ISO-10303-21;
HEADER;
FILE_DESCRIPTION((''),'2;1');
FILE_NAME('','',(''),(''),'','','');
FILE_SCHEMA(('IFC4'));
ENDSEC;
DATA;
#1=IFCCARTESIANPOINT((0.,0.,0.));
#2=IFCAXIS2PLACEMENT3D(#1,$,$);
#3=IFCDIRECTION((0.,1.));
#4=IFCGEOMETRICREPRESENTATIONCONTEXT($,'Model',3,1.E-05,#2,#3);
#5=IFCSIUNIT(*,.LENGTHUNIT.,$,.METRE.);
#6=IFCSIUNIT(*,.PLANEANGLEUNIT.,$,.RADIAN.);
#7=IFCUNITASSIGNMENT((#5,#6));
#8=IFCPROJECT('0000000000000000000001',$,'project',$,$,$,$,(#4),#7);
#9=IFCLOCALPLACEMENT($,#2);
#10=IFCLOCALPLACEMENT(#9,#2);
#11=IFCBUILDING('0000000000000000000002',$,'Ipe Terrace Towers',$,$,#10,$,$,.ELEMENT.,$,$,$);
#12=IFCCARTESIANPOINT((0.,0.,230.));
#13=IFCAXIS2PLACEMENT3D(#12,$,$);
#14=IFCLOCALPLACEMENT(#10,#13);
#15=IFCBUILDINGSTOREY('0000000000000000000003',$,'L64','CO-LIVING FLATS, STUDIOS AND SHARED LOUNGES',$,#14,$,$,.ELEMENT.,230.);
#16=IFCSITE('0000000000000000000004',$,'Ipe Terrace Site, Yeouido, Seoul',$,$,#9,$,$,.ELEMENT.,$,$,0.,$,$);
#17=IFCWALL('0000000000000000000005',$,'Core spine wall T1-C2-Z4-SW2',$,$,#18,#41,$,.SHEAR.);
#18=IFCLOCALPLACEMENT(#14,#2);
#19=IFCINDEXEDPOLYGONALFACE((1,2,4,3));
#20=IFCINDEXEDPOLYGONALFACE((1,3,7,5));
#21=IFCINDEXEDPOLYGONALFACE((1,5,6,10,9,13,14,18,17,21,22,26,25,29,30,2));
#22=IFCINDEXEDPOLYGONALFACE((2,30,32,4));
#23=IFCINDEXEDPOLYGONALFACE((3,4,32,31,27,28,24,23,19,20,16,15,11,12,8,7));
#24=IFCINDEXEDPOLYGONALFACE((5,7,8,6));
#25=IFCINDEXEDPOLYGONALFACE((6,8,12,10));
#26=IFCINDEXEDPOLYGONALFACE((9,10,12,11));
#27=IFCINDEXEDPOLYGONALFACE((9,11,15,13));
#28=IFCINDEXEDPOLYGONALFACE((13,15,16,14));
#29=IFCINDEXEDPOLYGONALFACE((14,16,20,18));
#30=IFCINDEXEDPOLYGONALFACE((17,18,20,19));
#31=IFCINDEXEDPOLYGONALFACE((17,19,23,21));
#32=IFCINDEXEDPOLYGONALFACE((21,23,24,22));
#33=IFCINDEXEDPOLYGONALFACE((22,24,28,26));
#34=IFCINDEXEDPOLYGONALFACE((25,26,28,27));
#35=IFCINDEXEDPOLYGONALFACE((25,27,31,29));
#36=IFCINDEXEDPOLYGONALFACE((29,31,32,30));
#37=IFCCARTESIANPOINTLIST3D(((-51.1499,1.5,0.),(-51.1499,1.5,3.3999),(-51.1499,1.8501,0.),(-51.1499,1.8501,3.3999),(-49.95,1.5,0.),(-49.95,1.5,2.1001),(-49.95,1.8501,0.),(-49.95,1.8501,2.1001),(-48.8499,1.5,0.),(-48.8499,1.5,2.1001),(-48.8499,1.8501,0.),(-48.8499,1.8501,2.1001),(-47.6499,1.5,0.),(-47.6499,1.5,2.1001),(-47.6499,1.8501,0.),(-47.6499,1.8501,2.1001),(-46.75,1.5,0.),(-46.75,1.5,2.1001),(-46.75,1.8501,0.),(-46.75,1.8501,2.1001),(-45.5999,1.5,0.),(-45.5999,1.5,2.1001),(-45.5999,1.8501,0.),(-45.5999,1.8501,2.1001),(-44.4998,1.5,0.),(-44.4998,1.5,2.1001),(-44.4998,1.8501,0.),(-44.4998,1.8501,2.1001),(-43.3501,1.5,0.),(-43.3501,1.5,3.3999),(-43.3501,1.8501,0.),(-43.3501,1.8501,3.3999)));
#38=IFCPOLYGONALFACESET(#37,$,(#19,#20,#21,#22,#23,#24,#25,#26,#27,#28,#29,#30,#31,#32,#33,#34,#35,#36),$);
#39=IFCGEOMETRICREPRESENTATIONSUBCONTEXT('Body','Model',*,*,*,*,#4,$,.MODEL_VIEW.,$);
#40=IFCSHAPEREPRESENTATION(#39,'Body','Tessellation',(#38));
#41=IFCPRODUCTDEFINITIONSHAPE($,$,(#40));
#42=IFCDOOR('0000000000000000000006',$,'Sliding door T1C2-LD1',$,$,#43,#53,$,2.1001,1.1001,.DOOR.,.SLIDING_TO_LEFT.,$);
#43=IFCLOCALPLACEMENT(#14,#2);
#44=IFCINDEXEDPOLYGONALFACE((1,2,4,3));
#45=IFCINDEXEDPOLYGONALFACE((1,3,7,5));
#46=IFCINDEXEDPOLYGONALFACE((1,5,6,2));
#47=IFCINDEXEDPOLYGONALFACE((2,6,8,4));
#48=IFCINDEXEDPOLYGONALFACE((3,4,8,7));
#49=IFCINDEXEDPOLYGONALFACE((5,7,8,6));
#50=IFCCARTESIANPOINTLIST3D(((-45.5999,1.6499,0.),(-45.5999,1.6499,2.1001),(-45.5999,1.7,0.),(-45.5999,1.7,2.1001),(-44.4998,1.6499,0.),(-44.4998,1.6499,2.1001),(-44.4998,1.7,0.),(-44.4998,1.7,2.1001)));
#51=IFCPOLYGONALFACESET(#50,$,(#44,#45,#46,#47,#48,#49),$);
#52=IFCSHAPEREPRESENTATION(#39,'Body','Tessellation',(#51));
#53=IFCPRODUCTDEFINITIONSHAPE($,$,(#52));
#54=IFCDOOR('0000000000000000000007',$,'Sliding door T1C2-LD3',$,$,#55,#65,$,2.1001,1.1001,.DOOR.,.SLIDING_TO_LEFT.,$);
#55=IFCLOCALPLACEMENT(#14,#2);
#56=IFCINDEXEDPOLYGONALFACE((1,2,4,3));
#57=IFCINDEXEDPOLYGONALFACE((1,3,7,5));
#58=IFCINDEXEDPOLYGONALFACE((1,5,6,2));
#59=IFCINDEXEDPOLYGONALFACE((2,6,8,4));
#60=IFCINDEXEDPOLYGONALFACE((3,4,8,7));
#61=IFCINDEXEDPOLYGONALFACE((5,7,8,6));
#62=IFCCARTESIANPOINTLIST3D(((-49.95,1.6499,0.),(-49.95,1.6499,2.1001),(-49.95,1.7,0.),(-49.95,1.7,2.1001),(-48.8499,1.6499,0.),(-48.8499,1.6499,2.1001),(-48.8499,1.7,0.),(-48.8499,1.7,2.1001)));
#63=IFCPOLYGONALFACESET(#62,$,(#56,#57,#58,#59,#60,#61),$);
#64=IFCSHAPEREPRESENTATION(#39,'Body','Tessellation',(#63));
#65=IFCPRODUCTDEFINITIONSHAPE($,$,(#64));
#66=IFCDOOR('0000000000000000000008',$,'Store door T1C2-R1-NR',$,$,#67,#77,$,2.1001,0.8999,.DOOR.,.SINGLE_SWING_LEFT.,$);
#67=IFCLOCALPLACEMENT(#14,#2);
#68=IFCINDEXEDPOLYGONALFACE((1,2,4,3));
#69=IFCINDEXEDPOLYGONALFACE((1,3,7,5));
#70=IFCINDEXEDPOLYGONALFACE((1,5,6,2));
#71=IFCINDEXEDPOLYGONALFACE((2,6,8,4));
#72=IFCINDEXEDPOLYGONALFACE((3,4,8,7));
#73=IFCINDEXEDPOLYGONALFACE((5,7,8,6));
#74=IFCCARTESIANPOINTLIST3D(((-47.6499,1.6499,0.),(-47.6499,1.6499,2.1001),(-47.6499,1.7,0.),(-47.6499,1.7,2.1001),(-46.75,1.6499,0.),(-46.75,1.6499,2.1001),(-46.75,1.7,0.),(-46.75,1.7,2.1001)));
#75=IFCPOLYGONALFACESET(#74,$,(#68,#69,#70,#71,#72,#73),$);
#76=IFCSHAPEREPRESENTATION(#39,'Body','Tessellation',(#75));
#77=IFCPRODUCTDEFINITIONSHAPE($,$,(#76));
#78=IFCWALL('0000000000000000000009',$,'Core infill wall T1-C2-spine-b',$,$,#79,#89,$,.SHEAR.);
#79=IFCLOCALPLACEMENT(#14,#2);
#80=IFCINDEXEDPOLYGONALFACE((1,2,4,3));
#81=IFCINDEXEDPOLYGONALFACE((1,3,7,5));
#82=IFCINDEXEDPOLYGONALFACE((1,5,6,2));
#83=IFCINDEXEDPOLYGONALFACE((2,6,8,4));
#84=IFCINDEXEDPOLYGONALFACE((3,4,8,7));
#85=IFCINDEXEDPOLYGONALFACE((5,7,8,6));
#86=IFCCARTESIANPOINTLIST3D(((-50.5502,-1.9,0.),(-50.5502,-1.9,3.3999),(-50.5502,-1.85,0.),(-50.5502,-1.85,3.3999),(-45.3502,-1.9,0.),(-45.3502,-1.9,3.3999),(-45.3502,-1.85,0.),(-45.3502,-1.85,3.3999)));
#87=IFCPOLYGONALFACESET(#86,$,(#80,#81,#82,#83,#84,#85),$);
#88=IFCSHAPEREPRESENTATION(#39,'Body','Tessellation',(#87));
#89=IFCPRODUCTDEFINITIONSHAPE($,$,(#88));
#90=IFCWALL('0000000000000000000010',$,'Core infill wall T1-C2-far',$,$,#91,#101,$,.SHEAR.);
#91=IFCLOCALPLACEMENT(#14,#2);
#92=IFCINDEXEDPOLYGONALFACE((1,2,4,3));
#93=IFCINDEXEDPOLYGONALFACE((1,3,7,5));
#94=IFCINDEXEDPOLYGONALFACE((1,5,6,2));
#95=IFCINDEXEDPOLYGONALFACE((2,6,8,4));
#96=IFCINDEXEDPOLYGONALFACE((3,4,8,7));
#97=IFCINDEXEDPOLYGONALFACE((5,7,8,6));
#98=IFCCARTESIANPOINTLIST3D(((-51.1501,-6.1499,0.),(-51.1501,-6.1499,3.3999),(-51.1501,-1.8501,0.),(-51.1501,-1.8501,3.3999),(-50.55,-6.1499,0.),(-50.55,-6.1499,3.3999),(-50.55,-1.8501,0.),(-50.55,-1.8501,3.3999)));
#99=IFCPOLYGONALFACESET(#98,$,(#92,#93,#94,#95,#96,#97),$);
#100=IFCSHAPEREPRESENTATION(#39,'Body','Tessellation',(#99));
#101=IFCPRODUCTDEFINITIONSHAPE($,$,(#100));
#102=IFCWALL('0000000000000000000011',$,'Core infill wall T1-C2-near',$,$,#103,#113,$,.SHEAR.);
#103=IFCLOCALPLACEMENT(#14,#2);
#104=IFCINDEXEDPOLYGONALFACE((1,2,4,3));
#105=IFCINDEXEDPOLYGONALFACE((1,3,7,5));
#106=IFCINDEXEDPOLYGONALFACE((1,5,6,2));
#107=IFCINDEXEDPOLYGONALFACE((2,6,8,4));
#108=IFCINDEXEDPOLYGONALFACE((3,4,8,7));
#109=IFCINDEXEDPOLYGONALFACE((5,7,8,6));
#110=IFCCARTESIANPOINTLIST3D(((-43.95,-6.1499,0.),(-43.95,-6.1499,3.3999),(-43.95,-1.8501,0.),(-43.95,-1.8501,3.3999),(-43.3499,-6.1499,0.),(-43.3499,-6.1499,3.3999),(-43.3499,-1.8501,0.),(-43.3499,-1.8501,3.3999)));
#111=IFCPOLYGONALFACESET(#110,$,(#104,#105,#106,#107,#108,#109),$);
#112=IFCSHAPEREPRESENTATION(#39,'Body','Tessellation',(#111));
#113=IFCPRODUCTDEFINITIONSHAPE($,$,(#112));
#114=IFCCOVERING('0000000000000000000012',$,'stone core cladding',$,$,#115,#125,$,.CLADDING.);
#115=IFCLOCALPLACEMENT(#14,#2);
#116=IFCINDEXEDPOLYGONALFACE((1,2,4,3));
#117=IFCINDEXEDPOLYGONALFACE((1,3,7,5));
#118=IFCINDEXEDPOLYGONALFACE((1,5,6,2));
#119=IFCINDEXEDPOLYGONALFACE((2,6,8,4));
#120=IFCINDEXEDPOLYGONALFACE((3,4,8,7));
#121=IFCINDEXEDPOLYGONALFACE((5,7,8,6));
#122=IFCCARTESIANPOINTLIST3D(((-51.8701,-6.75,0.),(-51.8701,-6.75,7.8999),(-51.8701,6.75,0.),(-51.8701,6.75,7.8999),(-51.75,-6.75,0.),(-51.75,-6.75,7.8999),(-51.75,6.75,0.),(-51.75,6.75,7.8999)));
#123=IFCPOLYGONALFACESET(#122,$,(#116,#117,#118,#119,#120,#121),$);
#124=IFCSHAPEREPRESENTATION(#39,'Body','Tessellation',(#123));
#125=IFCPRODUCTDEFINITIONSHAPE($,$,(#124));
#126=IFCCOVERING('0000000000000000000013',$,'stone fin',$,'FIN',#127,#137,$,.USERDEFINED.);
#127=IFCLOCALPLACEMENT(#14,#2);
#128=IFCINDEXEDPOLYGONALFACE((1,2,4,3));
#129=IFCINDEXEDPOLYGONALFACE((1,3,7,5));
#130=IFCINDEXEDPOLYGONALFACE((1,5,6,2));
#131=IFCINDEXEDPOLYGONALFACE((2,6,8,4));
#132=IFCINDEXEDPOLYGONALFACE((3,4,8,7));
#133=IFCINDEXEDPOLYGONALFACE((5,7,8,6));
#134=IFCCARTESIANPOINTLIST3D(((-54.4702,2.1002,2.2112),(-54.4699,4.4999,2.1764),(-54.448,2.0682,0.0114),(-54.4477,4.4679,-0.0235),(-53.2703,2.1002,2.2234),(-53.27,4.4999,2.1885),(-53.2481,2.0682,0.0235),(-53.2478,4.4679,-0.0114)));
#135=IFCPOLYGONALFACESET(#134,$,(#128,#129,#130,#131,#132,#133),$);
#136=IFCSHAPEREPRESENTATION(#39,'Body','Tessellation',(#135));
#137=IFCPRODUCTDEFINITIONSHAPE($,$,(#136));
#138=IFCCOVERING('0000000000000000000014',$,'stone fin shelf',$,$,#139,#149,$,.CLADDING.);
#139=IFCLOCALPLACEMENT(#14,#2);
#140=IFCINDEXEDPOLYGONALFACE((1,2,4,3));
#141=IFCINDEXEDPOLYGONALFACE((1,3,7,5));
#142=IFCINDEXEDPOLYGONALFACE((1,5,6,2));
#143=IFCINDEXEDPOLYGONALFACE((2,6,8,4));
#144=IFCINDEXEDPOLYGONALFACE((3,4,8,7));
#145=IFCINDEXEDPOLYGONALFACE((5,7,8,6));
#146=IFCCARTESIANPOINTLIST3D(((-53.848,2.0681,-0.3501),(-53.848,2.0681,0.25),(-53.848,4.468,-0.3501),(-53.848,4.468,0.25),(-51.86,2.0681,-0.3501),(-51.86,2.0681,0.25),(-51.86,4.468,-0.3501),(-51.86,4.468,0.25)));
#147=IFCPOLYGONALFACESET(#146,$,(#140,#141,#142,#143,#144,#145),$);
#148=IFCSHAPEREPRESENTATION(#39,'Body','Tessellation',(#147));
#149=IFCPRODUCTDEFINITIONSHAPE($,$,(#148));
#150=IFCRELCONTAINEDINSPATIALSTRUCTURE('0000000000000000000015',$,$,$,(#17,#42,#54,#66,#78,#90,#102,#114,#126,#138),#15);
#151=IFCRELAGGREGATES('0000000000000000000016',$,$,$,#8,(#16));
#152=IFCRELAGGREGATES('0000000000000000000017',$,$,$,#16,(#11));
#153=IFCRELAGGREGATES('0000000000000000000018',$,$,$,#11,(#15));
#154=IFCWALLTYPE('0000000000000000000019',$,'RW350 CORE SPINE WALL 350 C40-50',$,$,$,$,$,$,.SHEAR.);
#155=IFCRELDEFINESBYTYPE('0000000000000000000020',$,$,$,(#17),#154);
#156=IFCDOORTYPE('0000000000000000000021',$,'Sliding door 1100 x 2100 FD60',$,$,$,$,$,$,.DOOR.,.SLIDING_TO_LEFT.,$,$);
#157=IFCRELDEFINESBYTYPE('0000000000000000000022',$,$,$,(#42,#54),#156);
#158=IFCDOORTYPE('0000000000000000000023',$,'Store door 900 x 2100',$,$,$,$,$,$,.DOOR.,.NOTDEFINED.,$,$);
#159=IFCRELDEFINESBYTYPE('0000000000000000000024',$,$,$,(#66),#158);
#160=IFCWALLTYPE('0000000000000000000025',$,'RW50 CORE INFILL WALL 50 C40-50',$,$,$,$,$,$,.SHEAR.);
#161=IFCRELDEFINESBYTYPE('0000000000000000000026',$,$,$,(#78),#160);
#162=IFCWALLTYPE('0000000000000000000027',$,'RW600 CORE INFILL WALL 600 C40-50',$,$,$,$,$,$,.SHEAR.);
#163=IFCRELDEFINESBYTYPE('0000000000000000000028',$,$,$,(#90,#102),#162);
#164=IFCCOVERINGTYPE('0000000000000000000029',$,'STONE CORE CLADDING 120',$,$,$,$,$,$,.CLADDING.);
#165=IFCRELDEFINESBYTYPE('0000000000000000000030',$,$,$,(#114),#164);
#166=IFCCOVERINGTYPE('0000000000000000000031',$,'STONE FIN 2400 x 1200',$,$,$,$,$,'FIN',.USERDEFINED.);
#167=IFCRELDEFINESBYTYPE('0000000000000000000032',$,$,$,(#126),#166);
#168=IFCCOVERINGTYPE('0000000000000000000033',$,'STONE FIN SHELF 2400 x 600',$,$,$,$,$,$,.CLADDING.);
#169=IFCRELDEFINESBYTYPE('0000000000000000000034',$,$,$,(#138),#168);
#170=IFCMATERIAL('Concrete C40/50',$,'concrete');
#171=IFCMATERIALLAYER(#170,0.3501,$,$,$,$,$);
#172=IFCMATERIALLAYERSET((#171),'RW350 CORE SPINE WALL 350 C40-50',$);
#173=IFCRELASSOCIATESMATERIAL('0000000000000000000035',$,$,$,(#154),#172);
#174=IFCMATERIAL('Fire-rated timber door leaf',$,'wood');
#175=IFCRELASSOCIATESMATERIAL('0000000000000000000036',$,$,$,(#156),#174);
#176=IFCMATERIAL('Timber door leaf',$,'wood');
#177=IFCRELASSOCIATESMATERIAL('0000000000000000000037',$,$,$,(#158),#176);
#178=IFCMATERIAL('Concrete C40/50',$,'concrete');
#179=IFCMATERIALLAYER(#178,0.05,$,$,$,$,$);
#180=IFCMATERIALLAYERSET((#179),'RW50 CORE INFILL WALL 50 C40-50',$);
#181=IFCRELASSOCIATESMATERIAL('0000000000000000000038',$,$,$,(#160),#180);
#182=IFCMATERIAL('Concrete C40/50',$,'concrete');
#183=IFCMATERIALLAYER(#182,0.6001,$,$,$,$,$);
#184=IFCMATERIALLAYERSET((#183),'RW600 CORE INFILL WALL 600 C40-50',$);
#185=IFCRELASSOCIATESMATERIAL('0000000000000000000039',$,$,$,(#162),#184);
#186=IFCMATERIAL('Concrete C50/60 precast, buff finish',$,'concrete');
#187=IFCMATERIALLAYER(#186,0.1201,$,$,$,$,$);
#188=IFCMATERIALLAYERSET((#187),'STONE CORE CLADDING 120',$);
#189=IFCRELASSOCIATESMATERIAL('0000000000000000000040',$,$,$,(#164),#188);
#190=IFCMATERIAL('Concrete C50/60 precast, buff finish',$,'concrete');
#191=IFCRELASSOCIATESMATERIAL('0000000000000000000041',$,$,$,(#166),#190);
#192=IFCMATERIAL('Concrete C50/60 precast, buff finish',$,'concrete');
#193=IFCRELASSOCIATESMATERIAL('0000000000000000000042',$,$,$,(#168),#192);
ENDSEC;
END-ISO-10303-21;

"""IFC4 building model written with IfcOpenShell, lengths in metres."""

from ifc_helpers import new_model, si_unit, direction, frame, frame_2d, origin, origin_2d, place, context, subcontext, project, spatial, rectangle, extrude, material, layer, layer_set, material_profile, profile_set, type_object, element, fill, save


model = new_model("IFC4")

# Units and contexts
model_context = context("Model", 3, precision=1e-05, world=origin(), true_north=direction((0.0, 1.0)))
body_context = subcontext(model_context, "Body", "Model", "MODEL_VIEW")
ifc_project = project(units=[si_unit("LENGTHUNIT", "METRE"), si_unit("PLANEANGLEUNIT", "RADIAN")], contexts=[model_context])

# Site, building, storey
site_placement = place(None, origin())
site = spatial("IfcSite", under=ifc_project, at=site_placement, Name="Ipe Terrace Site, Yeouido, Seoul", CompositionType="ELEMENT", RefElevation=0.0)
building_placement = place(site_placement, origin())
building = spatial("IfcBuilding", under=site, at=building_placement, Name="Ipe Terrace Towers", CompositionType="ELEMENT")
storey_placement = place(building_placement, frame((0.0, 0.0, 230.0)))
storey = spatial("IfcBuildingStorey", under=building, at=storey_placement, Name="L64", Description="CO-LIVING FLATS, STUDIOS AND SHARED LOUNGES", CompositionType="ELEMENT", Elevation=230.0)

# Shared definitions
ifc_material_1 = material(Name="Concrete C40/50", Category="concrete")
ifc_layer_1 = layer(ifc_material_1, 0.3501)
ifc_layer_set_1 = layer_set([ifc_layer_1], Name="RW350 CORE SPINE WALL 350 C40-50")
wall_type_1 = type_object("IfcWallType", Name="RW350 CORE SPINE WALL 350 C40-50", PredefinedType="SHEAR", material=ifc_layer_set_1)

# Wall, openings, doors
wall_1_placement = place(storey_placement, frame((-51.1499, 1.675, 0.0), z_axis=(0.0, 0.0, 1.0), x_axis=(1.0, 0.0, 0.0)))
wall_1 = element("IfcWall", 1, at=wall_1_placement, inside=storey, type_object=wall_type_1, Name="Core spine wall T1-C2-Z4-SW2", PredefinedType="SHEAR", context=body_context, shape_type="SweptSolid", body=[
    extrude(rectangle(XDim=7.7998, YDim=0.3501, at=frame_2d((3.8999, 0.0))), origin(), (0.0, 0.0, 1.0), 3.3999),
])
opening_1_placement = place(wall_1_placement, frame((5.55, 0.0, 0.0)))
opening_1 = element("IfcOpeningElement", 2, at=opening_1_placement, cuts=wall_1, PredefinedType="OPENING", context=body_context, shape_type="SweptSolid", body=[
    extrude(rectangle(XDim=1.1001, YDim=2.1001, at=frame_2d((0.55, 1.05))), frame((0.0, 0.1851, 0.0), z_axis=(0.0, -1.0, 0.0), x_axis=(1.0, 0.0, 0.0)), (0.0, 0.0, 1.0), 0.3701),
])
opening_2_placement = place(wall_1_placement, frame((1.2, 0.0, 0.0)))
opening_2 = element("IfcOpeningElement", 3, at=opening_2_placement, cuts=wall_1, PredefinedType="OPENING", context=body_context, shape_type="SweptSolid", body=[
    extrude(rectangle(XDim=1.1001, YDim=2.1001, at=frame_2d((0.55, 1.05))), frame((0.0, 0.1851, 0.0), z_axis=(0.0, -1.0, 0.0), x_axis=(1.0, 0.0, 0.0)), (0.0, 0.0, 1.0), 0.3701),
])
opening_3_placement = place(wall_1_placement, frame((3.5, 0.0, 0.0)))
opening_3 = element("IfcOpeningElement", 4, at=opening_3_placement, cuts=wall_1, PredefinedType="OPENING", context=body_context, shape_type="SweptSolid", body=[
    extrude(rectangle(XDim=0.8999, YDim=2.1001, at=frame_2d((0.45, 1.05))), frame((0.0, 0.1851, 0.0), z_axis=(0.0, -1.0, 0.0), x_axis=(1.0, 0.0, 0.0)), (0.0, 0.0, 1.0), 0.3701),
])
ifc_material_2 = material(Name="Fire-rated timber door leaf", Category="wood")
door_type_1 = type_object("IfcDoorType", Name="Sliding door 1100 x 2100 FD60", OperationType="SLIDING_TO_LEFT", PredefinedType="DOOR", material=ifc_material_2)
door_1_placement = place(opening_1_placement, origin())
door_1 = element("IfcDoor", 5, at=door_1_placement, inside=storey, type_object=door_type_1, Name="Sliding door T1C2-LD1", OperationType="SLIDING_TO_LEFT", OverallHeight=2.1001, OverallWidth=1.1001, PredefinedType="DOOR", context=body_context, shape_type="SweptSolid", body=[
    extrude(rectangle(XDim=1.1001, YDim=2.1001, at=frame_2d((0.55, 1.05))), frame((0.0, 0.0249, 0.0), z_axis=(0.0, -1.0, 0.0), x_axis=(1.0, 0.0, 0.0)), (0.0, 0.0, 1.0), 0.05),
])
fill(opening_1, door_1)
door_2_placement = place(opening_2_placement, origin())
door_2 = element("IfcDoor", 6, at=door_2_placement, inside=storey, type_object=door_type_1, Name="Sliding door T1C2-LD3", OperationType="SLIDING_TO_LEFT", OverallHeight=2.1001, OverallWidth=1.1001, PredefinedType="DOOR", context=body_context, shape_type="SweptSolid", body=[
    extrude(rectangle(XDim=1.1001, YDim=2.1001, at=frame_2d((0.55, 1.05))), frame((0.0, 0.0249, 0.0), z_axis=(0.0, -1.0, 0.0), x_axis=(1.0, 0.0, 0.0)), (0.0, 0.0, 1.0), 0.05),
])
fill(opening_2, door_2)
ifc_material_3 = material(Name="Timber door leaf", Category="wood")
door_type_2 = type_object("IfcDoorType", Name="Store door 900 x 2100", OperationType="NOTDEFINED", PredefinedType="DOOR", material=ifc_material_3)
door_3_placement = place(opening_3_placement, origin())
door_3 = element("IfcDoor", 7, at=door_3_placement, inside=storey, type_object=door_type_2, Name="Store door T1C2-R1-NR", OperationType="SINGLE_SWING_LEFT", OverallHeight=2.1001, OverallWidth=0.8999, PredefinedType="DOOR", context=body_context, shape_type="SweptSolid", body=[
    extrude(rectangle(XDim=0.8999, YDim=2.1001, at=frame_2d((0.45, 1.05))), frame((0.0, 0.0249, 0.0), z_axis=(0.0, -1.0, 0.0), x_axis=(1.0, 0.0, 0.0)), (0.0, 0.0, 1.0), 0.05),
])
fill(opening_3, door_3)

# Walls
ifc_material_4 = material(Name="Concrete C40/50", Category="concrete")
ifc_layer_2 = layer(ifc_material_4, 0.05)
ifc_layer_set_2 = layer_set([ifc_layer_2], Name="RW50 CORE INFILL WALL 50 C40-50")
wall_type_2 = type_object("IfcWallType", Name="RW50 CORE INFILL WALL 50 C40-50", PredefinedType="SHEAR", material=ifc_layer_set_2)
wall_2_placement = place(storey_placement, frame((-45.3501, -1.875, 0.0), z_axis=(0.0, 0.0, 1.0), x_axis=(-1.0, 0.0, 0.0)))
element("IfcWall", 8, at=wall_2_placement, inside=storey, type_object=wall_type_2, Name="Core infill wall T1-C2-spine-b", PredefinedType="SHEAR", context=body_context, shape_type="SweptSolid", body=[
    extrude(rectangle(XDim=5.2, YDim=0.05, at=frame_2d((2.6001, 0.0))), origin(), (0.0, 0.0, 1.0), 3.3999),
])
ifc_material_5 = material(Name="Concrete C40/50", Category="concrete")
ifc_layer_3 = layer(ifc_material_5, 0.6001)
ifc_layer_set_3 = layer_set([ifc_layer_3], Name="RW600 CORE INFILL WALL 600 C40-50")
wall_type_3 = type_object("IfcWallType", Name="RW600 CORE INFILL WALL 600 C40-50", PredefinedType="SHEAR", material=ifc_layer_set_3)
for number, where, z_axis, x_axis, name in (
    (9, (-50.8501, -1.8501, 0.0), (0.0, 0.0, 1.0), (0.0, -1.0, 0.0), "Core infill wall T1-C2-far"),
    (10, (-43.6499, -1.8501, 0.0), (0.0, 0.0, 1.0), (0.0, -1.0, 0.0), "Core infill wall T1-C2-near"),
):
    element("IfcWall", number, at=place(storey_placement, frame(where, z_axis=z_axis, x_axis=x_axis)), inside=storey, type_object=wall_type_3, Name=name, PredefinedType="SHEAR", context=body_context, shape_type="SweptSolid", body=[
        extrude(rectangle(XDim=4.2998, YDim=0.6001, at=frame_2d((2.1499, 0.0))), origin(), (0.0, 0.0, 1.0), 3.3999),
    ])

# Coverings
ifc_material_6 = material(Name="Concrete C50/60 precast, buff finish", Category="concrete")
ifc_layer_4 = layer(ifc_material_6, 0.1201)
ifc_layer_set_4 = layer_set([ifc_layer_4], Name="STONE CORE CLADDING 120")
covering_type_1 = type_object("IfcCoveringType", Name="STONE CORE CLADDING 120", PredefinedType="CLADDING", material=ifc_layer_set_4)
covering_1_placement = place(storey_placement, frame((-51.8101, 0.0, 0.0), z_axis=(0.0, 0.0, 1.0), x_axis=(0.0, -1.0, 0.0)))
element("IfcCovering", 11, at=covering_1_placement, inside=storey, type_object=covering_type_1, Name="stone core cladding", PredefinedType="CLADDING", context=body_context, shape_type="SweptSolid", body=[
    extrude(rectangle(XDim=13.5, YDim=0.1201, at=origin_2d()), origin(), (0.0, 0.0, 1.0), 7.8999),
])
ifc_material_7 = material(Name="Concrete C50/60 precast, buff finish", Category="concrete")
ifc_material_profile = material_profile(ifc_material_7, rectangle(XDim=2.3999, YDim=1.2, at=origin_2d()), Name="STONE FIN 2400 x 1200")
ifc_profile_set = profile_set([ifc_material_profile], Name="Concrete C50/60 precast, buff finish")
covering_type_2 = type_object("IfcCoveringType", Name="STONE FIN 2400 x 1200", ElementType="FIN", PredefinedType="USERDEFINED", material=ifc_profile_set)
covering_2_placement = place(storey_placement, frame((-53.8479, 3.2681, 0.0), z_axis=(-0.010097, 0.014536, 0.999843), x_axis=(-0.000147, -0.999894, 0.014535)))
element("IfcCovering", 12, at=covering_2_placement, inside=storey, type_object=covering_type_2, Name="stone fin", ObjectType="FIN", PredefinedType="USERDEFINED", context=body_context, shape_type="SweptSolid", body=[
    extrude(rectangle(XDim=2.3999, YDim=1.2, at=origin_2d()), origin(), (0.0, 0.0, 1.0), 2.2002),
])
ifc_material_8 = material(Name="Concrete C50/60 precast, buff finish", Category="concrete")
covering_type_3 = type_object("IfcCoveringType", Name="STONE FIN SHELF 2400 x 600", PredefinedType="CLADDING", material=ifc_material_8)
covering_3_placement = place(storey_placement, frame((-52.854, 3.2681, -0.3501), z_axis=(0.0, 0.0, 1.0), x_axis=(0.0, -1.0, 0.0)))
element("IfcCovering", 13, at=covering_3_placement, inside=storey, type_object=covering_type_3, Name="stone fin shelf", PredefinedType="CLADDING", context=body_context, shape_type="SweptSolid", body=[
    extrude(rectangle(XDim=2.3999, YDim=1.988, at=origin_2d()), origin(), (0.0, 0.0, 1.0), 0.6001),
])

save(model, "model.ifc")
